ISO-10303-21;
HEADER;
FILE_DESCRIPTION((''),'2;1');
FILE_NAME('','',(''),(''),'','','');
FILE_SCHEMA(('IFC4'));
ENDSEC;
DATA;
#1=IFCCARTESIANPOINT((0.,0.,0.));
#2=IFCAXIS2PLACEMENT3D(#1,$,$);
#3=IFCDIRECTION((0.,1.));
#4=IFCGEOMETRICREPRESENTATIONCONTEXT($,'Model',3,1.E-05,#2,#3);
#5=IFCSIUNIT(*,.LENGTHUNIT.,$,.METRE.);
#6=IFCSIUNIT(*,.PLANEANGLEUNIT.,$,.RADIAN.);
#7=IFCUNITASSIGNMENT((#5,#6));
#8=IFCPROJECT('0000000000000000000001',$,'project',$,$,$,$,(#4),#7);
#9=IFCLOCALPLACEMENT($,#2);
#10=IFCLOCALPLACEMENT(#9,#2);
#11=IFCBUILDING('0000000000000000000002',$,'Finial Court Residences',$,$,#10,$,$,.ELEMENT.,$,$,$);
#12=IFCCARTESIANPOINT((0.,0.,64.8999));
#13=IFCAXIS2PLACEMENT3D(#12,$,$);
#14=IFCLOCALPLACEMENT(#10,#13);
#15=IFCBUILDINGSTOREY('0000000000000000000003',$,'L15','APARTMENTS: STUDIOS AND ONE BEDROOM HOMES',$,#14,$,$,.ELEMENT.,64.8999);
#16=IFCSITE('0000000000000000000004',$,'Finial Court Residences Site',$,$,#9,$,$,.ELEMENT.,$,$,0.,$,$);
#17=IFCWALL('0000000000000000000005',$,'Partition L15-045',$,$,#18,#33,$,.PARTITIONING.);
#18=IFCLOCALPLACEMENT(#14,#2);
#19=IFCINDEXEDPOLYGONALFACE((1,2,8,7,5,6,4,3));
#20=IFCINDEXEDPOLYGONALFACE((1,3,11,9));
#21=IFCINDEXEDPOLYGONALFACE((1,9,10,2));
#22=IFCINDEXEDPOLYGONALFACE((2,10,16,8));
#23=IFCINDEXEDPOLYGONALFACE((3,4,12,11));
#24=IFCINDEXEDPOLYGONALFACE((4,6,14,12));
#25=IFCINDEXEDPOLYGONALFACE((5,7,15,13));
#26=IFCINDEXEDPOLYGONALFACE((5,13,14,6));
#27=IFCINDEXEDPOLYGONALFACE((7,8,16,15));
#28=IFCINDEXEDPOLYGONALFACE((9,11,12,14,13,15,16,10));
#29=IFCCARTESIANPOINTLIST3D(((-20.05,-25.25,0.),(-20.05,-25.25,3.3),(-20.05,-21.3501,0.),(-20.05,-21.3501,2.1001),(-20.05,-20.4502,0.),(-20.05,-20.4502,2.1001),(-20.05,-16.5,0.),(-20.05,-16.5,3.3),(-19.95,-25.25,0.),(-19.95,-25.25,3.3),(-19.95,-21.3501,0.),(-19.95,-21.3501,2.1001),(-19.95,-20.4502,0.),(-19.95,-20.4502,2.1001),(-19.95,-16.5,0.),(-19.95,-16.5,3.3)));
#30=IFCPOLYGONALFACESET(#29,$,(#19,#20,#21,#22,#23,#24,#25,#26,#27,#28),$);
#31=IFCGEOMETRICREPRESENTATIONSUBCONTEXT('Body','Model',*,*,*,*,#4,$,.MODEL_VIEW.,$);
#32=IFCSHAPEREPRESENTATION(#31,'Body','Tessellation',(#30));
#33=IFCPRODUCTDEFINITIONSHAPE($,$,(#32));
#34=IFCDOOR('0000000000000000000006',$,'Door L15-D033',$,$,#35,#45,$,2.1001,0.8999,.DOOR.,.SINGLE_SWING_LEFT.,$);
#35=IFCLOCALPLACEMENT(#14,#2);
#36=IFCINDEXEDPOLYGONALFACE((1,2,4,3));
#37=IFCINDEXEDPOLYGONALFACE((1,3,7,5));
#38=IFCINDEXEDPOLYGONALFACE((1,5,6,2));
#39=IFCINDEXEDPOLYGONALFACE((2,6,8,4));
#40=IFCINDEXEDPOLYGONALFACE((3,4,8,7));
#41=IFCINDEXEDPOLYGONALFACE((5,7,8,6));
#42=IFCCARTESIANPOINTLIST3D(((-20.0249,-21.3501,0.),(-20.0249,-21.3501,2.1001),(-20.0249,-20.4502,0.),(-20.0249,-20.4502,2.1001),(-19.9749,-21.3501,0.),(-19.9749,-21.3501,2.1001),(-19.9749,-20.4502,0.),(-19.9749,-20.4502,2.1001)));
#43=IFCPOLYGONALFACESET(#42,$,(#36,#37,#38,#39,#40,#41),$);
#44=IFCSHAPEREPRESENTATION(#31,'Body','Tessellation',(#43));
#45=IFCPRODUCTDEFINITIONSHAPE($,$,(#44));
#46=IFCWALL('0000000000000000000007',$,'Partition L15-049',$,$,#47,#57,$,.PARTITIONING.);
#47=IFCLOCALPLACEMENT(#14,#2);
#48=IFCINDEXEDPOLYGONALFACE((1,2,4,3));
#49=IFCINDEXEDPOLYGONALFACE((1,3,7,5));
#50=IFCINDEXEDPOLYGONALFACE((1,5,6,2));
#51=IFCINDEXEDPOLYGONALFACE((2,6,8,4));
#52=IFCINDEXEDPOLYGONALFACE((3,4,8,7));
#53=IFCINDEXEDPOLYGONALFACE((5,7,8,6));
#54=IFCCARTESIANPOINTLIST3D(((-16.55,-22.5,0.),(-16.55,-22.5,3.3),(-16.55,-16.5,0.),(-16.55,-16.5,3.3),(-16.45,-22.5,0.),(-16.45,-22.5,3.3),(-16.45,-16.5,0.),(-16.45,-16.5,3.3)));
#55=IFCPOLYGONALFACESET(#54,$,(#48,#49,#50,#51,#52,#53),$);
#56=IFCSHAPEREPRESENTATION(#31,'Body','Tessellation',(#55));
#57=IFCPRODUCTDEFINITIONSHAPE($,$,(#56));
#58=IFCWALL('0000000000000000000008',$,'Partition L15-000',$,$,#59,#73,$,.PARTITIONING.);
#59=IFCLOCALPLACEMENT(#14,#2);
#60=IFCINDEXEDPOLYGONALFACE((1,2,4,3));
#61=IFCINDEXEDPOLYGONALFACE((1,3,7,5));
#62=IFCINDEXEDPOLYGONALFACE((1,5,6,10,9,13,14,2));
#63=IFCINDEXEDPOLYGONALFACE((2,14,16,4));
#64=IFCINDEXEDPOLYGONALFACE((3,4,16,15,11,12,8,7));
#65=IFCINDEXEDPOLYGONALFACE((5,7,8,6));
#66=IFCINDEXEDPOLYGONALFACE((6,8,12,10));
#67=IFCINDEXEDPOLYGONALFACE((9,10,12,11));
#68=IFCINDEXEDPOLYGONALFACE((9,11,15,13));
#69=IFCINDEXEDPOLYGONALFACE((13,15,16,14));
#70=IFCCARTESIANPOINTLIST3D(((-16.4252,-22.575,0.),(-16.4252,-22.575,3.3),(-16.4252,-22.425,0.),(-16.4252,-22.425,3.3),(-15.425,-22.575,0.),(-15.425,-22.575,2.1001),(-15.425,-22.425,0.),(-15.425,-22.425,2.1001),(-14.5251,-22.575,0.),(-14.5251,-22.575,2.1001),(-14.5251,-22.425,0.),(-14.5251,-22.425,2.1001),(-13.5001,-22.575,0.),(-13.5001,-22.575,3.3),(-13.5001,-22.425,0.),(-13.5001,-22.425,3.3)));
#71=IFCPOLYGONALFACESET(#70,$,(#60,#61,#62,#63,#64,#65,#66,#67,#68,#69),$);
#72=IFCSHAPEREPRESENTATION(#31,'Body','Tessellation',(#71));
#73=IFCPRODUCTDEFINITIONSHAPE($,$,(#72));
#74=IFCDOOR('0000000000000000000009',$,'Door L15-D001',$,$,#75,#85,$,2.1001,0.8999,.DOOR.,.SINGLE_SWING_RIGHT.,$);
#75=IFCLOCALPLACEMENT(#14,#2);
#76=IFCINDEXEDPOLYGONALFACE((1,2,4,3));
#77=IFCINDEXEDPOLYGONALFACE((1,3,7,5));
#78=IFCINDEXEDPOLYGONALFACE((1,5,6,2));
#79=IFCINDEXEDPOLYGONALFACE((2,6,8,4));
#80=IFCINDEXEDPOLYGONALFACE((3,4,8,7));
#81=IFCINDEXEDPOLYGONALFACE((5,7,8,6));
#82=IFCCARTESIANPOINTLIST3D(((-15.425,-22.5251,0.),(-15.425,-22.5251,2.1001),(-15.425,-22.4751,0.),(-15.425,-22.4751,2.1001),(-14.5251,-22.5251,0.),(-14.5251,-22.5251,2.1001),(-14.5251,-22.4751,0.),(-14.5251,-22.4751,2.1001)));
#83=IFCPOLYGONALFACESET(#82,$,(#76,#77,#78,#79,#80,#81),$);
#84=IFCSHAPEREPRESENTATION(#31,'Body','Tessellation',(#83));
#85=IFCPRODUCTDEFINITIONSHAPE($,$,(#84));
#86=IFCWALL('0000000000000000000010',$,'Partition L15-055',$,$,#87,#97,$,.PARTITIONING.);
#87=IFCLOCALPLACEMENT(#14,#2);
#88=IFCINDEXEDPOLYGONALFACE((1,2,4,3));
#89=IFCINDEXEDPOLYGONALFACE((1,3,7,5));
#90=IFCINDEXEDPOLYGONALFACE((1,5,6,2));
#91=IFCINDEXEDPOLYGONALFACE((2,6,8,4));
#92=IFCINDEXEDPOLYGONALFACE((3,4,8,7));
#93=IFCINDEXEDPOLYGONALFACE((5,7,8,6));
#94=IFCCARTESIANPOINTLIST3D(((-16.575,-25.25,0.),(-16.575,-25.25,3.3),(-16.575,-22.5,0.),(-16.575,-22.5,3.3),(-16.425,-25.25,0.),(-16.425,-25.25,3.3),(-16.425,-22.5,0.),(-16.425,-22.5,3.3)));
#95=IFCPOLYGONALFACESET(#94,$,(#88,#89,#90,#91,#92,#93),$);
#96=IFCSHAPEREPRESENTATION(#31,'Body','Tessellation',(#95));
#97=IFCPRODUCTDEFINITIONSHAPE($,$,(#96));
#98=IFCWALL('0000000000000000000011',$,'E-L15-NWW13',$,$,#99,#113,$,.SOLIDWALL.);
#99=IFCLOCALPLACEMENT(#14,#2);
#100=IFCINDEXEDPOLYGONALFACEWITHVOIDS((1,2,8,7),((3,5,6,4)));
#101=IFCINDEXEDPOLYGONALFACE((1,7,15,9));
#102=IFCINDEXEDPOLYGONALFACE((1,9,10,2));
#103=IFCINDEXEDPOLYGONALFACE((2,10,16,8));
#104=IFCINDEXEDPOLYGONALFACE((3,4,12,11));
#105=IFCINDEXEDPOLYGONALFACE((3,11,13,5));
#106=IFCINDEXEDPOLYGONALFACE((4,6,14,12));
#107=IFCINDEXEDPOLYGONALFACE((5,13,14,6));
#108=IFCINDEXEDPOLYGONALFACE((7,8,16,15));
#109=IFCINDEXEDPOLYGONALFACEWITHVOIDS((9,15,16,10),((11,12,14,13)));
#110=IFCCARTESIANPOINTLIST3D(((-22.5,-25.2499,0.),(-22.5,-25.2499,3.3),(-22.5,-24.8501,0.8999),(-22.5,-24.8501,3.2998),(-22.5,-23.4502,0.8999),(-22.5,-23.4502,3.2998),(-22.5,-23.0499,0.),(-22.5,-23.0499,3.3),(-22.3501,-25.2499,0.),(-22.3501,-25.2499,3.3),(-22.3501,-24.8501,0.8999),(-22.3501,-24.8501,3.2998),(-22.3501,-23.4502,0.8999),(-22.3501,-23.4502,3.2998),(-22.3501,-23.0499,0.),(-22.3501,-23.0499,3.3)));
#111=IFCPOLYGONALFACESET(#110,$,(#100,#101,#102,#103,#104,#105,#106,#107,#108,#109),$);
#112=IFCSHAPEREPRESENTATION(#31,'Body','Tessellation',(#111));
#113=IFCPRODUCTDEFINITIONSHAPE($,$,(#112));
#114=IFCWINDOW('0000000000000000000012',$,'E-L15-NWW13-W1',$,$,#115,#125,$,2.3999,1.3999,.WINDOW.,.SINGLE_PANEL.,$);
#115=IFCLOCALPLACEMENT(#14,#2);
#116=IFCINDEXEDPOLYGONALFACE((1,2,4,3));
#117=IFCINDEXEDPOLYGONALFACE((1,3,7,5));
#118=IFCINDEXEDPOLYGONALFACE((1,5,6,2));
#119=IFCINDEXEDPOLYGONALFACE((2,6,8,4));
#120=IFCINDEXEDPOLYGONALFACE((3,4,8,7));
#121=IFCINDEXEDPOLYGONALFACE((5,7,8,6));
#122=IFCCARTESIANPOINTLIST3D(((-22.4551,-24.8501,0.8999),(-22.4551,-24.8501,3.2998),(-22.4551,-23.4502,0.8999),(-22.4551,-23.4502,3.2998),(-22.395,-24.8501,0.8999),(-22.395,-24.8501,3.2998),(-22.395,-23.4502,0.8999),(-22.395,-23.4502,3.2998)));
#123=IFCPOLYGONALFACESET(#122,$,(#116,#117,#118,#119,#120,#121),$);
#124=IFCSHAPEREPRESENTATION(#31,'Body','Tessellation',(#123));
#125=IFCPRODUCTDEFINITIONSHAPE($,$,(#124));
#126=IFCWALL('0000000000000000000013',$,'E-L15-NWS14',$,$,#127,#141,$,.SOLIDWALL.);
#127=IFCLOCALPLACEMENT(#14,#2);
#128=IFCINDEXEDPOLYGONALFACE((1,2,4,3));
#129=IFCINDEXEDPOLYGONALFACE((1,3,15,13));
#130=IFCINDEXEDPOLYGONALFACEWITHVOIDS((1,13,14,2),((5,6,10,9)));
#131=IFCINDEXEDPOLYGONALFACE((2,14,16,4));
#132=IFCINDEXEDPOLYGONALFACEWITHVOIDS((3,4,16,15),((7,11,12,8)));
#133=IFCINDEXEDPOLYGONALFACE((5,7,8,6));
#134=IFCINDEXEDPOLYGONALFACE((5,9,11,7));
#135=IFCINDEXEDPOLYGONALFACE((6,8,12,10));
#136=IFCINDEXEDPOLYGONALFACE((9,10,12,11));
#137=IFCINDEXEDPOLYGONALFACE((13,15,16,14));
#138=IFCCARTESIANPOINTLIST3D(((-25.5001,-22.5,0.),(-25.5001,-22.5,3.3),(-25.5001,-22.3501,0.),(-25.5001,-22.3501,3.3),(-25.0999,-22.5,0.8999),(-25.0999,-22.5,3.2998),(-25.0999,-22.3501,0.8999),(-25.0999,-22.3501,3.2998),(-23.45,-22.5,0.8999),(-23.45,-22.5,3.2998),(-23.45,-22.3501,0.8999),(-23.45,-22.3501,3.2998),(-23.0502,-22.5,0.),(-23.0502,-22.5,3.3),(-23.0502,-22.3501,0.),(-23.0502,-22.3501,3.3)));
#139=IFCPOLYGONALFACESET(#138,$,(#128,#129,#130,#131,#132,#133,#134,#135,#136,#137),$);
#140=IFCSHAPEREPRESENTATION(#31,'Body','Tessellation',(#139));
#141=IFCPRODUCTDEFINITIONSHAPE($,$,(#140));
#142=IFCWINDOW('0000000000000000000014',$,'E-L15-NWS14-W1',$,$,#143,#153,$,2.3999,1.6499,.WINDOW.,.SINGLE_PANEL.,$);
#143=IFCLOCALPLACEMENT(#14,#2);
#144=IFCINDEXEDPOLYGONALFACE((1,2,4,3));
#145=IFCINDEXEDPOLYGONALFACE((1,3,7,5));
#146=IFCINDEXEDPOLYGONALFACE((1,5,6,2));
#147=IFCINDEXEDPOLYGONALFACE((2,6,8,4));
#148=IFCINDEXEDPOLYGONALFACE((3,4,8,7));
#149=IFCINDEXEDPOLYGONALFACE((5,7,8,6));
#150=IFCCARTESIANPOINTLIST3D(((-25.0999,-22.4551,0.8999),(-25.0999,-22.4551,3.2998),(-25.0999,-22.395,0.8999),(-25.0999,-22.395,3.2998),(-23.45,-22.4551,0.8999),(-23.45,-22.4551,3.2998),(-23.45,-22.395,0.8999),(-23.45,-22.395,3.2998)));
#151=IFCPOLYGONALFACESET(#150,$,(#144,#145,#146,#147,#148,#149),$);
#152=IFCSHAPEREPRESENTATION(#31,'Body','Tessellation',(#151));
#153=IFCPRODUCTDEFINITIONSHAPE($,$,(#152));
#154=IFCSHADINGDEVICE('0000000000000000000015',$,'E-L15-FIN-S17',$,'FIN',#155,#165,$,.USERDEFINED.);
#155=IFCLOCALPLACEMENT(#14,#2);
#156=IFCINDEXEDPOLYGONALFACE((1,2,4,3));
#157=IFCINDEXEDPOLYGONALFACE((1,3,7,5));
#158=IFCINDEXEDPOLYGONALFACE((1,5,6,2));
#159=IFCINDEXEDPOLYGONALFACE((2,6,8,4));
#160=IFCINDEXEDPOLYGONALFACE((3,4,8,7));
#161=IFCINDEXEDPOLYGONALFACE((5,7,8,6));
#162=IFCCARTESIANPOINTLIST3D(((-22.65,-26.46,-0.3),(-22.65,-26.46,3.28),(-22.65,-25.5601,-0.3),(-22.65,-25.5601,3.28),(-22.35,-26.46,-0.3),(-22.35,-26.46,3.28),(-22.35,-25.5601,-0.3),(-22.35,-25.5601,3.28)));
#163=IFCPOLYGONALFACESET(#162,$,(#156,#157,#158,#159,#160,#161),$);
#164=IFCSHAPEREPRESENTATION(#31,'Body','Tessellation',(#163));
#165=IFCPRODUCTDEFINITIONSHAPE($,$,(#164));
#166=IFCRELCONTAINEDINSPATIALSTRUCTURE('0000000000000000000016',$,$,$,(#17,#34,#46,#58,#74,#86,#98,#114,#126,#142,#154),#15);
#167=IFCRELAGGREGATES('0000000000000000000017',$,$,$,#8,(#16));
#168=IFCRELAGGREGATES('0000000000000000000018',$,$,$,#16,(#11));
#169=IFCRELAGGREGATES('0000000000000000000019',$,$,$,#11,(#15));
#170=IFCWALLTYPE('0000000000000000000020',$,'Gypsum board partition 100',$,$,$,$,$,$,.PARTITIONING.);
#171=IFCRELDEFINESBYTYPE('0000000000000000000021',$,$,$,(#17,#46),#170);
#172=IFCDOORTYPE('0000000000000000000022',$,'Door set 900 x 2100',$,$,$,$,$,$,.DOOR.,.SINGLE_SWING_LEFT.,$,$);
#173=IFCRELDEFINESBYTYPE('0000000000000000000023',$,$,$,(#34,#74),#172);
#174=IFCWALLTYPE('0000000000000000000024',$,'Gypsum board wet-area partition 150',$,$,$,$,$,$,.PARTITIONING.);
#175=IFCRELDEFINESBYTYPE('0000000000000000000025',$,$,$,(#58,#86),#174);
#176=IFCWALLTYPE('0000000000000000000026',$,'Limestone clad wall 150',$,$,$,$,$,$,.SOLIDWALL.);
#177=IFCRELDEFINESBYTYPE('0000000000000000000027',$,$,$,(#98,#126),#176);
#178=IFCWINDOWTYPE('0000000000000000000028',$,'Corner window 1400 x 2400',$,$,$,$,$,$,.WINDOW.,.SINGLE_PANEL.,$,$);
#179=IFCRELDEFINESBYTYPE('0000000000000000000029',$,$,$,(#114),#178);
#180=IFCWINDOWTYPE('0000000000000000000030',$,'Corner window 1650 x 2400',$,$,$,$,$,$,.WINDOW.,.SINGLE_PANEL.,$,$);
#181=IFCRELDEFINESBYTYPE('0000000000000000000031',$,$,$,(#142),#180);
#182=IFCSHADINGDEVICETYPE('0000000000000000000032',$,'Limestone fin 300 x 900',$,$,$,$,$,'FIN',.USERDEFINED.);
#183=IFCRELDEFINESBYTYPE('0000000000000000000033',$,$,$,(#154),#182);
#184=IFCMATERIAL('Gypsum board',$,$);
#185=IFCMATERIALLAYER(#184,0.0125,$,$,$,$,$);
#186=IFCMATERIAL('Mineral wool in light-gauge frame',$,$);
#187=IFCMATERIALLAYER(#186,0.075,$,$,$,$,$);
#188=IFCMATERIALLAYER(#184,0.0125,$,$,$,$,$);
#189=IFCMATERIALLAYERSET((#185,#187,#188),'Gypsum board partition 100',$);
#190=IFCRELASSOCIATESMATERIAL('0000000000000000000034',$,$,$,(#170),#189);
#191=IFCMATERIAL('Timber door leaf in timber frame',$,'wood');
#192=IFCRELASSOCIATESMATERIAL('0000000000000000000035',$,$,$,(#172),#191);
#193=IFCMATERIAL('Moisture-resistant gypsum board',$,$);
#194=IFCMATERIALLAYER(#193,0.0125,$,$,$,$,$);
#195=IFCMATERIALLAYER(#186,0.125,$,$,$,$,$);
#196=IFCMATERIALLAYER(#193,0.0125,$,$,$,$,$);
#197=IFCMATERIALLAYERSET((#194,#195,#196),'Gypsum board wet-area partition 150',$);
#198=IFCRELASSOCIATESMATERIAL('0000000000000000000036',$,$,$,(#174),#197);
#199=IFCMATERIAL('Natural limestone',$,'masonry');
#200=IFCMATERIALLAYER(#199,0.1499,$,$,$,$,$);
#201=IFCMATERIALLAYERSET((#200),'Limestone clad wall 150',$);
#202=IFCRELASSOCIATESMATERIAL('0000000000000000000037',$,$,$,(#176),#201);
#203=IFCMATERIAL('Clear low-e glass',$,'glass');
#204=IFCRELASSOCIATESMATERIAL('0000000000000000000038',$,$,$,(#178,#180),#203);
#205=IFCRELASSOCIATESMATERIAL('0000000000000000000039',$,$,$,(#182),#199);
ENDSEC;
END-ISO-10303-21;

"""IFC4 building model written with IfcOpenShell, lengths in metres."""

from ifc_helpers import new_model, si_unit, direction, frame, frame_2d, origin, origin_2d, place, context, subcontext, project, spatial, rectangle, extrude, material, layer, layer_set, type_object, element, fill, save


model = new_model("IFC4")

# Units and contexts
model_context = context("Model", 3, precision=1e-05, world=origin(), true_north=direction((0.0, 1.0)))
body_context = subcontext(model_context, "Body", "Model", "MODEL_VIEW")
ifc_project = project(units=[si_unit("LENGTHUNIT", "METRE"), si_unit("PLANEANGLEUNIT", "RADIAN")], contexts=[model_context])

# Site, building, storey
site_placement = place(None, origin())
site = spatial("IfcSite", under=ifc_project, at=site_placement, Name="Finial Court Residences Site", CompositionType="ELEMENT", RefElevation=0.0)
building_placement = place(site_placement, origin())
building = spatial("IfcBuilding", under=site, at=building_placement, Name="Finial Court Residences", CompositionType="ELEMENT")
storey_placement = place(building_placement, frame((0.0, 0.0, 64.8999)))
storey = spatial("IfcBuildingStorey", under=building, at=storey_placement, Name="L15", Description="APARTMENTS: STUDIOS AND ONE BEDROOM HOMES", CompositionType="ELEMENT", Elevation=64.8999)

# Shared definitions
ifc_material_1 = material(Name="Clear low-e glass", Category="glass")

# Wall, opening, door
ifc_material_2 = material(Name="Gypsum board")
ifc_layer_1 = layer(ifc_material_2, 0.0125)
ifc_material_3 = material(Name="Mineral wool in light-gauge frame")
ifc_layer_2 = layer(ifc_material_3, 0.075)
ifc_layer_3 = layer(ifc_material_2, 0.0125)
ifc_layer_set_1 = layer_set([ifc_layer_1, ifc_layer_2, ifc_layer_3], Name="Gypsum board partition 100")
wall_type_1 = type_object("IfcWallType", Name="Gypsum board partition 100", PredefinedType="PARTITIONING", material=ifc_layer_set_1)
wall_1_placement = place(storey_placement, frame((-20.0, -25.25, 0.0), z_axis=(0.0, 0.0, 1.0), x_axis=(0.0, 1.0, 0.0)))
wall_1 = element("IfcWall", 1, at=wall_1_placement, inside=storey, type_object=wall_type_1, Name="Partition L15-045", PredefinedType="PARTITIONING", context=body_context, shape_type="SweptSolid", body=[
    extrude(rectangle(XDim=8.75, YDim=0.1001, at=frame_2d((4.375, 0.0))), origin(), (0.0, 0.0, 1.0), 3.3),
])
opening_1_placement = place(wall_1_placement, frame((3.8999, 0.0, 0.0)))
opening_1 = element("IfcOpeningElement", 2, at=opening_1_placement, cuts=wall_1, PredefinedType="OPENING", context=body_context, shape_type="SweptSolid", body=[
    extrude(rectangle(XDim=0.8999, YDim=2.1001, at=frame_2d((0.45, 1.05))), frame((0.0, 0.0601, 0.0), z_axis=(0.0, -1.0, 0.0), x_axis=(1.0, 0.0, 0.0)), (0.0, 0.0, 1.0), 0.1201),
])
ifc_material_4 = material(Name="Timber door leaf in timber frame", Category="wood")
door_type = type_object("IfcDoorType", Name="Door set 900 x 2100", OperationType="SINGLE_SWING_LEFT", PredefinedType="DOOR", material=ifc_material_4)
door_1_placement = place(opening_1_placement, origin())
door_1 = element("IfcDoor", 3, at=door_1_placement, inside=storey, type_object=door_type, Name="Door L15-D033", OperationType="SINGLE_SWING_LEFT", OverallHeight=2.1001, OverallWidth=0.8999, PredefinedType="DOOR", context=body_context, shape_type="SweptSolid", body=[
    extrude(rectangle(XDim=0.8999, YDim=2.1001, at=frame_2d((0.45, 1.05))), frame((0.0, 0.0249, 0.0), z_axis=(0.0, -1.0, 0.0), x_axis=(1.0, 0.0, 0.0)), (0.0, 0.0, 1.0), 0.05),
])
fill(opening_1, door_1)

# Wall
wall_2_placement = place(storey_placement, frame((-16.5, -22.5, 0.0), z_axis=(0.0, 0.0, 1.0), x_axis=(0.0, 1.0, 0.0)))
element("IfcWall", 4, at=wall_2_placement, inside=storey, type_object=wall_type_1, Name="Partition L15-049", PredefinedType="PARTITIONING", context=body_context, shape_type="SweptSolid", body=[
    extrude(rectangle(XDim=6.0, YDim=0.1001, at=frame_2d((3.0, 0.0))), origin(), (0.0, 0.0, 1.0), 3.3),
])

# Wall, opening, door
ifc_material_5 = material(Name="Moisture-resistant gypsum board")
ifc_layer_4 = layer(ifc_material_5, 0.0125)
ifc_layer_5 = layer(ifc_material_3, 0.125)
ifc_layer_6 = layer(ifc_material_5, 0.0125)
ifc_layer_set_2 = layer_set([ifc_layer_4, ifc_layer_5, ifc_layer_6], Name="Gypsum board wet-area partition 150")
wall_type_2 = type_object("IfcWallType", Name="Gypsum board wet-area partition 150", PredefinedType="PARTITIONING", material=ifc_layer_set_2)
wall_3_placement = place(storey_placement, frame((-16.425, -22.5, 0.0), z_axis=(0.0, 0.0, 1.0), x_axis=(1.0, 0.0, 0.0)))
wall_3 = element("IfcWall", 5, at=wall_3_placement, inside=storey, type_object=wall_type_2, Name="Partition L15-000", PredefinedType="PARTITIONING", context=body_context, shape_type="SweptSolid", body=[
    extrude(rectangle(XDim=2.925, YDim=0.1499, at=frame_2d((1.4624, 0.0))), origin(), (0.0, 0.0, 1.0), 3.3),
])
opening_2_placement = place(wall_3_placement, frame((1.0, 0.0, 0.0)))
opening_2 = element("IfcOpeningElement", 6, at=opening_2_placement, cuts=wall_3, PredefinedType="OPENING", context=body_context, shape_type="SweptSolid", body=[
    extrude(rectangle(XDim=0.8999, YDim=2.1001, at=frame_2d((0.45, 1.05))), frame((0.0, 0.085, 0.0), z_axis=(0.0, -1.0, 0.0), x_axis=(1.0, 0.0, 0.0)), (0.0, 0.0, 1.0), 0.1699),
])
door_2_placement = place(opening_2_placement, origin())
door_2 = element("IfcDoor", 7, at=door_2_placement, inside=storey, type_object=door_type, Name="Door L15-D001", OperationType="SINGLE_SWING_RIGHT", OverallHeight=2.1001, OverallWidth=0.8999, PredefinedType="DOOR", context=body_context, shape_type="SweptSolid", body=[
    extrude(rectangle(XDim=0.8999, YDim=2.1001, at=frame_2d((0.45, 1.05))), frame((0.0, 0.0249, 0.0), z_axis=(0.0, -1.0, 0.0), x_axis=(1.0, 0.0, 0.0)), (0.0, 0.0, 1.0), 0.05),
])
fill(opening_2, door_2)

# Wall
wall_4_placement = place(storey_placement, frame((-16.5, -25.25, 0.0), z_axis=(0.0, 0.0, 1.0), x_axis=(0.0, 1.0, 0.0)))
element("IfcWall", 8, at=wall_4_placement, inside=storey, type_object=wall_type_2, Name="Partition L15-055", PredefinedType="PARTITIONING", context=body_context, shape_type="SweptSolid", body=[
    extrude(rectangle(XDim=2.75, YDim=0.1499, at=frame_2d((1.375, 0.0))), origin(), (0.0, 0.0, 1.0), 3.3),
])

# Walls, openings, windows
ifc_material_6 = material(Name="Natural limestone", Category="masonry")
ifc_layer_7 = layer(ifc_material_6, 0.1499)
ifc_layer_set_3 = layer_set([ifc_layer_7], Name="Limestone clad wall 150")
wall_type_3 = type_object("IfcWallType", Name="Limestone clad wall 150", PredefinedType="SOLIDWALL", material=ifc_layer_set_3)
wall_5_placement = place(storey_placement, frame((-22.425, -25.25, 0.0), z_axis=(0.0, 0.0, 1.0), x_axis=(0.0, 1.0, 0.0)))
wall_5 = element("IfcWall", 9, at=wall_5_placement, inside=storey, type_object=wall_type_3, Name="E-L15-NWW13", PredefinedType="SOLIDWALL", context=body_context, shape_type="SweptSolid", body=[
    extrude(rectangle(XDim=2.2, YDim=0.1499, at=frame_2d((1.1001, 0.0))), origin(), (0.0, 0.0, 1.0), 3.3),
])
opening_3_placement = place(wall_5_placement, frame((0.3999, 0.0, 0.8999)))
opening_3 = element("IfcOpeningElement", 10, at=opening_3_placement, cuts=wall_5, PredefinedType="OPENING", context=body_context, shape_type="SweptSolid", body=[
    extrude(rectangle(XDim=1.3999, YDim=2.3999, at=frame_2d((0.7, 1.2))), frame((0.0, 0.085, 0.0), z_axis=(0.0, -1.0, 0.0), x_axis=(1.0, 0.0, 0.0)), (0.0, 0.0, 1.0), 0.1699),
])
window_type_1 = type_object("IfcWindowType", Name="Corner window 1400 x 2400", PartitioningType="SINGLE_PANEL", PredefinedType="WINDOW", material=ifc_material_1)
window_1_placement = place(opening_3_placement, origin())
window_1 = element("IfcWindow", 11, at=window_1_placement, inside=storey, type_object=window_type_1, Name="E-L15-NWW13-W1", OverallHeight=2.3999, OverallWidth=1.3999, PartitioningType="SINGLE_PANEL", PredefinedType="WINDOW", context=body_context, shape_type="SweptSolid", body=[
    extrude(rectangle(XDim=1.3999, YDim=2.3999, at=frame_2d((0.7, 1.2))), frame((0.0, 0.03, 0.0), z_axis=(0.0, -1.0, 0.0), x_axis=(1.0, 0.0, 0.0)), (0.0, 0.0, 1.0), 0.0601),
])
fill(opening_3, window_1)
wall_6_placement = place(storey_placement, frame((-23.05, -22.425, 0.0), z_axis=(0.0, 0.0, 1.0), x_axis=(-1.0, 0.0, 0.0)))
wall_6 = element("IfcWall", 12, at=wall_6_placement, inside=storey, type_object=wall_type_3, Name="E-L15-NWS14", PredefinedType="SOLIDWALL", context=body_context, shape_type="SweptSolid", body=[
    extrude(rectangle(XDim=2.45, YDim=0.1499, at=frame_2d((1.2251, 0.0))), origin(), (0.0, 0.0, 1.0), 3.3),
])
opening_4_placement = place(wall_6_placement, frame((0.3999, 0.0, 0.8999)))
opening_4 = element("IfcOpeningElement", 13, at=opening_4_placement, cuts=wall_6, PredefinedType="OPENING", context=body_context, shape_type="SweptSolid", body=[
    extrude(rectangle(XDim=1.6499, YDim=2.3999, at=frame_2d((0.825, 1.2))), frame((0.0, 0.085, 0.0), z_axis=(0.0, -1.0, 0.0), x_axis=(1.0, 0.0, 0.0)), (0.0, 0.0, 1.0), 0.1699),
])
window_type_2 = type_object("IfcWindowType", Name="Corner window 1650 x 2400", PartitioningType="SINGLE_PANEL", PredefinedType="WINDOW", material=ifc_material_1)
window_2_placement = place(opening_4_placement, origin())
window_2 = element("IfcWindow", 14, at=window_2_placement, inside=storey, type_object=window_type_2, Name="E-L15-NWS14-W1", OverallHeight=2.3999, OverallWidth=1.6499, PartitioningType="SINGLE_PANEL", PredefinedType="WINDOW", context=body_context, shape_type="SweptSolid", body=[
    extrude(rectangle(XDim=1.6499, YDim=2.3999, at=frame_2d((0.825, 1.2))), frame((0.0, 0.03, 0.0), z_axis=(0.0, -1.0, 0.0), x_axis=(1.0, 0.0, 0.0)), (0.0, 0.0, 1.0), 0.0601),
])
fill(opening_4, window_2)

# Shading device
shading_device_type = type_object("IfcShadingDeviceType", Name="Limestone fin 300 x 900", ElementType="FIN", PredefinedType="USERDEFINED", material=ifc_material_6)
for number, where, z_axis, x_axis, name in (
    (15, (-22.5, -26.01, -0.3), (0.0, 0.0, 1.0), (1.0, 0.0, 0.0), "E-L15-FIN-S17"),
):
    element("IfcShadingDevice", number, at=place(storey_placement, frame(where, z_axis=z_axis, x_axis=x_axis)), inside=storey, type_object=shading_device_type, Name=name, ObjectType="FIN", PredefinedType="USERDEFINED", context=body_context, shape_type="SweptSolid", body=[
        extrude(rectangle(XDim=0.3, YDim=0.8999, at=origin_2d()), origin(), (0.0, 0.0, 1.0), 3.5801),
    ])

save(model, "model.ifc")
